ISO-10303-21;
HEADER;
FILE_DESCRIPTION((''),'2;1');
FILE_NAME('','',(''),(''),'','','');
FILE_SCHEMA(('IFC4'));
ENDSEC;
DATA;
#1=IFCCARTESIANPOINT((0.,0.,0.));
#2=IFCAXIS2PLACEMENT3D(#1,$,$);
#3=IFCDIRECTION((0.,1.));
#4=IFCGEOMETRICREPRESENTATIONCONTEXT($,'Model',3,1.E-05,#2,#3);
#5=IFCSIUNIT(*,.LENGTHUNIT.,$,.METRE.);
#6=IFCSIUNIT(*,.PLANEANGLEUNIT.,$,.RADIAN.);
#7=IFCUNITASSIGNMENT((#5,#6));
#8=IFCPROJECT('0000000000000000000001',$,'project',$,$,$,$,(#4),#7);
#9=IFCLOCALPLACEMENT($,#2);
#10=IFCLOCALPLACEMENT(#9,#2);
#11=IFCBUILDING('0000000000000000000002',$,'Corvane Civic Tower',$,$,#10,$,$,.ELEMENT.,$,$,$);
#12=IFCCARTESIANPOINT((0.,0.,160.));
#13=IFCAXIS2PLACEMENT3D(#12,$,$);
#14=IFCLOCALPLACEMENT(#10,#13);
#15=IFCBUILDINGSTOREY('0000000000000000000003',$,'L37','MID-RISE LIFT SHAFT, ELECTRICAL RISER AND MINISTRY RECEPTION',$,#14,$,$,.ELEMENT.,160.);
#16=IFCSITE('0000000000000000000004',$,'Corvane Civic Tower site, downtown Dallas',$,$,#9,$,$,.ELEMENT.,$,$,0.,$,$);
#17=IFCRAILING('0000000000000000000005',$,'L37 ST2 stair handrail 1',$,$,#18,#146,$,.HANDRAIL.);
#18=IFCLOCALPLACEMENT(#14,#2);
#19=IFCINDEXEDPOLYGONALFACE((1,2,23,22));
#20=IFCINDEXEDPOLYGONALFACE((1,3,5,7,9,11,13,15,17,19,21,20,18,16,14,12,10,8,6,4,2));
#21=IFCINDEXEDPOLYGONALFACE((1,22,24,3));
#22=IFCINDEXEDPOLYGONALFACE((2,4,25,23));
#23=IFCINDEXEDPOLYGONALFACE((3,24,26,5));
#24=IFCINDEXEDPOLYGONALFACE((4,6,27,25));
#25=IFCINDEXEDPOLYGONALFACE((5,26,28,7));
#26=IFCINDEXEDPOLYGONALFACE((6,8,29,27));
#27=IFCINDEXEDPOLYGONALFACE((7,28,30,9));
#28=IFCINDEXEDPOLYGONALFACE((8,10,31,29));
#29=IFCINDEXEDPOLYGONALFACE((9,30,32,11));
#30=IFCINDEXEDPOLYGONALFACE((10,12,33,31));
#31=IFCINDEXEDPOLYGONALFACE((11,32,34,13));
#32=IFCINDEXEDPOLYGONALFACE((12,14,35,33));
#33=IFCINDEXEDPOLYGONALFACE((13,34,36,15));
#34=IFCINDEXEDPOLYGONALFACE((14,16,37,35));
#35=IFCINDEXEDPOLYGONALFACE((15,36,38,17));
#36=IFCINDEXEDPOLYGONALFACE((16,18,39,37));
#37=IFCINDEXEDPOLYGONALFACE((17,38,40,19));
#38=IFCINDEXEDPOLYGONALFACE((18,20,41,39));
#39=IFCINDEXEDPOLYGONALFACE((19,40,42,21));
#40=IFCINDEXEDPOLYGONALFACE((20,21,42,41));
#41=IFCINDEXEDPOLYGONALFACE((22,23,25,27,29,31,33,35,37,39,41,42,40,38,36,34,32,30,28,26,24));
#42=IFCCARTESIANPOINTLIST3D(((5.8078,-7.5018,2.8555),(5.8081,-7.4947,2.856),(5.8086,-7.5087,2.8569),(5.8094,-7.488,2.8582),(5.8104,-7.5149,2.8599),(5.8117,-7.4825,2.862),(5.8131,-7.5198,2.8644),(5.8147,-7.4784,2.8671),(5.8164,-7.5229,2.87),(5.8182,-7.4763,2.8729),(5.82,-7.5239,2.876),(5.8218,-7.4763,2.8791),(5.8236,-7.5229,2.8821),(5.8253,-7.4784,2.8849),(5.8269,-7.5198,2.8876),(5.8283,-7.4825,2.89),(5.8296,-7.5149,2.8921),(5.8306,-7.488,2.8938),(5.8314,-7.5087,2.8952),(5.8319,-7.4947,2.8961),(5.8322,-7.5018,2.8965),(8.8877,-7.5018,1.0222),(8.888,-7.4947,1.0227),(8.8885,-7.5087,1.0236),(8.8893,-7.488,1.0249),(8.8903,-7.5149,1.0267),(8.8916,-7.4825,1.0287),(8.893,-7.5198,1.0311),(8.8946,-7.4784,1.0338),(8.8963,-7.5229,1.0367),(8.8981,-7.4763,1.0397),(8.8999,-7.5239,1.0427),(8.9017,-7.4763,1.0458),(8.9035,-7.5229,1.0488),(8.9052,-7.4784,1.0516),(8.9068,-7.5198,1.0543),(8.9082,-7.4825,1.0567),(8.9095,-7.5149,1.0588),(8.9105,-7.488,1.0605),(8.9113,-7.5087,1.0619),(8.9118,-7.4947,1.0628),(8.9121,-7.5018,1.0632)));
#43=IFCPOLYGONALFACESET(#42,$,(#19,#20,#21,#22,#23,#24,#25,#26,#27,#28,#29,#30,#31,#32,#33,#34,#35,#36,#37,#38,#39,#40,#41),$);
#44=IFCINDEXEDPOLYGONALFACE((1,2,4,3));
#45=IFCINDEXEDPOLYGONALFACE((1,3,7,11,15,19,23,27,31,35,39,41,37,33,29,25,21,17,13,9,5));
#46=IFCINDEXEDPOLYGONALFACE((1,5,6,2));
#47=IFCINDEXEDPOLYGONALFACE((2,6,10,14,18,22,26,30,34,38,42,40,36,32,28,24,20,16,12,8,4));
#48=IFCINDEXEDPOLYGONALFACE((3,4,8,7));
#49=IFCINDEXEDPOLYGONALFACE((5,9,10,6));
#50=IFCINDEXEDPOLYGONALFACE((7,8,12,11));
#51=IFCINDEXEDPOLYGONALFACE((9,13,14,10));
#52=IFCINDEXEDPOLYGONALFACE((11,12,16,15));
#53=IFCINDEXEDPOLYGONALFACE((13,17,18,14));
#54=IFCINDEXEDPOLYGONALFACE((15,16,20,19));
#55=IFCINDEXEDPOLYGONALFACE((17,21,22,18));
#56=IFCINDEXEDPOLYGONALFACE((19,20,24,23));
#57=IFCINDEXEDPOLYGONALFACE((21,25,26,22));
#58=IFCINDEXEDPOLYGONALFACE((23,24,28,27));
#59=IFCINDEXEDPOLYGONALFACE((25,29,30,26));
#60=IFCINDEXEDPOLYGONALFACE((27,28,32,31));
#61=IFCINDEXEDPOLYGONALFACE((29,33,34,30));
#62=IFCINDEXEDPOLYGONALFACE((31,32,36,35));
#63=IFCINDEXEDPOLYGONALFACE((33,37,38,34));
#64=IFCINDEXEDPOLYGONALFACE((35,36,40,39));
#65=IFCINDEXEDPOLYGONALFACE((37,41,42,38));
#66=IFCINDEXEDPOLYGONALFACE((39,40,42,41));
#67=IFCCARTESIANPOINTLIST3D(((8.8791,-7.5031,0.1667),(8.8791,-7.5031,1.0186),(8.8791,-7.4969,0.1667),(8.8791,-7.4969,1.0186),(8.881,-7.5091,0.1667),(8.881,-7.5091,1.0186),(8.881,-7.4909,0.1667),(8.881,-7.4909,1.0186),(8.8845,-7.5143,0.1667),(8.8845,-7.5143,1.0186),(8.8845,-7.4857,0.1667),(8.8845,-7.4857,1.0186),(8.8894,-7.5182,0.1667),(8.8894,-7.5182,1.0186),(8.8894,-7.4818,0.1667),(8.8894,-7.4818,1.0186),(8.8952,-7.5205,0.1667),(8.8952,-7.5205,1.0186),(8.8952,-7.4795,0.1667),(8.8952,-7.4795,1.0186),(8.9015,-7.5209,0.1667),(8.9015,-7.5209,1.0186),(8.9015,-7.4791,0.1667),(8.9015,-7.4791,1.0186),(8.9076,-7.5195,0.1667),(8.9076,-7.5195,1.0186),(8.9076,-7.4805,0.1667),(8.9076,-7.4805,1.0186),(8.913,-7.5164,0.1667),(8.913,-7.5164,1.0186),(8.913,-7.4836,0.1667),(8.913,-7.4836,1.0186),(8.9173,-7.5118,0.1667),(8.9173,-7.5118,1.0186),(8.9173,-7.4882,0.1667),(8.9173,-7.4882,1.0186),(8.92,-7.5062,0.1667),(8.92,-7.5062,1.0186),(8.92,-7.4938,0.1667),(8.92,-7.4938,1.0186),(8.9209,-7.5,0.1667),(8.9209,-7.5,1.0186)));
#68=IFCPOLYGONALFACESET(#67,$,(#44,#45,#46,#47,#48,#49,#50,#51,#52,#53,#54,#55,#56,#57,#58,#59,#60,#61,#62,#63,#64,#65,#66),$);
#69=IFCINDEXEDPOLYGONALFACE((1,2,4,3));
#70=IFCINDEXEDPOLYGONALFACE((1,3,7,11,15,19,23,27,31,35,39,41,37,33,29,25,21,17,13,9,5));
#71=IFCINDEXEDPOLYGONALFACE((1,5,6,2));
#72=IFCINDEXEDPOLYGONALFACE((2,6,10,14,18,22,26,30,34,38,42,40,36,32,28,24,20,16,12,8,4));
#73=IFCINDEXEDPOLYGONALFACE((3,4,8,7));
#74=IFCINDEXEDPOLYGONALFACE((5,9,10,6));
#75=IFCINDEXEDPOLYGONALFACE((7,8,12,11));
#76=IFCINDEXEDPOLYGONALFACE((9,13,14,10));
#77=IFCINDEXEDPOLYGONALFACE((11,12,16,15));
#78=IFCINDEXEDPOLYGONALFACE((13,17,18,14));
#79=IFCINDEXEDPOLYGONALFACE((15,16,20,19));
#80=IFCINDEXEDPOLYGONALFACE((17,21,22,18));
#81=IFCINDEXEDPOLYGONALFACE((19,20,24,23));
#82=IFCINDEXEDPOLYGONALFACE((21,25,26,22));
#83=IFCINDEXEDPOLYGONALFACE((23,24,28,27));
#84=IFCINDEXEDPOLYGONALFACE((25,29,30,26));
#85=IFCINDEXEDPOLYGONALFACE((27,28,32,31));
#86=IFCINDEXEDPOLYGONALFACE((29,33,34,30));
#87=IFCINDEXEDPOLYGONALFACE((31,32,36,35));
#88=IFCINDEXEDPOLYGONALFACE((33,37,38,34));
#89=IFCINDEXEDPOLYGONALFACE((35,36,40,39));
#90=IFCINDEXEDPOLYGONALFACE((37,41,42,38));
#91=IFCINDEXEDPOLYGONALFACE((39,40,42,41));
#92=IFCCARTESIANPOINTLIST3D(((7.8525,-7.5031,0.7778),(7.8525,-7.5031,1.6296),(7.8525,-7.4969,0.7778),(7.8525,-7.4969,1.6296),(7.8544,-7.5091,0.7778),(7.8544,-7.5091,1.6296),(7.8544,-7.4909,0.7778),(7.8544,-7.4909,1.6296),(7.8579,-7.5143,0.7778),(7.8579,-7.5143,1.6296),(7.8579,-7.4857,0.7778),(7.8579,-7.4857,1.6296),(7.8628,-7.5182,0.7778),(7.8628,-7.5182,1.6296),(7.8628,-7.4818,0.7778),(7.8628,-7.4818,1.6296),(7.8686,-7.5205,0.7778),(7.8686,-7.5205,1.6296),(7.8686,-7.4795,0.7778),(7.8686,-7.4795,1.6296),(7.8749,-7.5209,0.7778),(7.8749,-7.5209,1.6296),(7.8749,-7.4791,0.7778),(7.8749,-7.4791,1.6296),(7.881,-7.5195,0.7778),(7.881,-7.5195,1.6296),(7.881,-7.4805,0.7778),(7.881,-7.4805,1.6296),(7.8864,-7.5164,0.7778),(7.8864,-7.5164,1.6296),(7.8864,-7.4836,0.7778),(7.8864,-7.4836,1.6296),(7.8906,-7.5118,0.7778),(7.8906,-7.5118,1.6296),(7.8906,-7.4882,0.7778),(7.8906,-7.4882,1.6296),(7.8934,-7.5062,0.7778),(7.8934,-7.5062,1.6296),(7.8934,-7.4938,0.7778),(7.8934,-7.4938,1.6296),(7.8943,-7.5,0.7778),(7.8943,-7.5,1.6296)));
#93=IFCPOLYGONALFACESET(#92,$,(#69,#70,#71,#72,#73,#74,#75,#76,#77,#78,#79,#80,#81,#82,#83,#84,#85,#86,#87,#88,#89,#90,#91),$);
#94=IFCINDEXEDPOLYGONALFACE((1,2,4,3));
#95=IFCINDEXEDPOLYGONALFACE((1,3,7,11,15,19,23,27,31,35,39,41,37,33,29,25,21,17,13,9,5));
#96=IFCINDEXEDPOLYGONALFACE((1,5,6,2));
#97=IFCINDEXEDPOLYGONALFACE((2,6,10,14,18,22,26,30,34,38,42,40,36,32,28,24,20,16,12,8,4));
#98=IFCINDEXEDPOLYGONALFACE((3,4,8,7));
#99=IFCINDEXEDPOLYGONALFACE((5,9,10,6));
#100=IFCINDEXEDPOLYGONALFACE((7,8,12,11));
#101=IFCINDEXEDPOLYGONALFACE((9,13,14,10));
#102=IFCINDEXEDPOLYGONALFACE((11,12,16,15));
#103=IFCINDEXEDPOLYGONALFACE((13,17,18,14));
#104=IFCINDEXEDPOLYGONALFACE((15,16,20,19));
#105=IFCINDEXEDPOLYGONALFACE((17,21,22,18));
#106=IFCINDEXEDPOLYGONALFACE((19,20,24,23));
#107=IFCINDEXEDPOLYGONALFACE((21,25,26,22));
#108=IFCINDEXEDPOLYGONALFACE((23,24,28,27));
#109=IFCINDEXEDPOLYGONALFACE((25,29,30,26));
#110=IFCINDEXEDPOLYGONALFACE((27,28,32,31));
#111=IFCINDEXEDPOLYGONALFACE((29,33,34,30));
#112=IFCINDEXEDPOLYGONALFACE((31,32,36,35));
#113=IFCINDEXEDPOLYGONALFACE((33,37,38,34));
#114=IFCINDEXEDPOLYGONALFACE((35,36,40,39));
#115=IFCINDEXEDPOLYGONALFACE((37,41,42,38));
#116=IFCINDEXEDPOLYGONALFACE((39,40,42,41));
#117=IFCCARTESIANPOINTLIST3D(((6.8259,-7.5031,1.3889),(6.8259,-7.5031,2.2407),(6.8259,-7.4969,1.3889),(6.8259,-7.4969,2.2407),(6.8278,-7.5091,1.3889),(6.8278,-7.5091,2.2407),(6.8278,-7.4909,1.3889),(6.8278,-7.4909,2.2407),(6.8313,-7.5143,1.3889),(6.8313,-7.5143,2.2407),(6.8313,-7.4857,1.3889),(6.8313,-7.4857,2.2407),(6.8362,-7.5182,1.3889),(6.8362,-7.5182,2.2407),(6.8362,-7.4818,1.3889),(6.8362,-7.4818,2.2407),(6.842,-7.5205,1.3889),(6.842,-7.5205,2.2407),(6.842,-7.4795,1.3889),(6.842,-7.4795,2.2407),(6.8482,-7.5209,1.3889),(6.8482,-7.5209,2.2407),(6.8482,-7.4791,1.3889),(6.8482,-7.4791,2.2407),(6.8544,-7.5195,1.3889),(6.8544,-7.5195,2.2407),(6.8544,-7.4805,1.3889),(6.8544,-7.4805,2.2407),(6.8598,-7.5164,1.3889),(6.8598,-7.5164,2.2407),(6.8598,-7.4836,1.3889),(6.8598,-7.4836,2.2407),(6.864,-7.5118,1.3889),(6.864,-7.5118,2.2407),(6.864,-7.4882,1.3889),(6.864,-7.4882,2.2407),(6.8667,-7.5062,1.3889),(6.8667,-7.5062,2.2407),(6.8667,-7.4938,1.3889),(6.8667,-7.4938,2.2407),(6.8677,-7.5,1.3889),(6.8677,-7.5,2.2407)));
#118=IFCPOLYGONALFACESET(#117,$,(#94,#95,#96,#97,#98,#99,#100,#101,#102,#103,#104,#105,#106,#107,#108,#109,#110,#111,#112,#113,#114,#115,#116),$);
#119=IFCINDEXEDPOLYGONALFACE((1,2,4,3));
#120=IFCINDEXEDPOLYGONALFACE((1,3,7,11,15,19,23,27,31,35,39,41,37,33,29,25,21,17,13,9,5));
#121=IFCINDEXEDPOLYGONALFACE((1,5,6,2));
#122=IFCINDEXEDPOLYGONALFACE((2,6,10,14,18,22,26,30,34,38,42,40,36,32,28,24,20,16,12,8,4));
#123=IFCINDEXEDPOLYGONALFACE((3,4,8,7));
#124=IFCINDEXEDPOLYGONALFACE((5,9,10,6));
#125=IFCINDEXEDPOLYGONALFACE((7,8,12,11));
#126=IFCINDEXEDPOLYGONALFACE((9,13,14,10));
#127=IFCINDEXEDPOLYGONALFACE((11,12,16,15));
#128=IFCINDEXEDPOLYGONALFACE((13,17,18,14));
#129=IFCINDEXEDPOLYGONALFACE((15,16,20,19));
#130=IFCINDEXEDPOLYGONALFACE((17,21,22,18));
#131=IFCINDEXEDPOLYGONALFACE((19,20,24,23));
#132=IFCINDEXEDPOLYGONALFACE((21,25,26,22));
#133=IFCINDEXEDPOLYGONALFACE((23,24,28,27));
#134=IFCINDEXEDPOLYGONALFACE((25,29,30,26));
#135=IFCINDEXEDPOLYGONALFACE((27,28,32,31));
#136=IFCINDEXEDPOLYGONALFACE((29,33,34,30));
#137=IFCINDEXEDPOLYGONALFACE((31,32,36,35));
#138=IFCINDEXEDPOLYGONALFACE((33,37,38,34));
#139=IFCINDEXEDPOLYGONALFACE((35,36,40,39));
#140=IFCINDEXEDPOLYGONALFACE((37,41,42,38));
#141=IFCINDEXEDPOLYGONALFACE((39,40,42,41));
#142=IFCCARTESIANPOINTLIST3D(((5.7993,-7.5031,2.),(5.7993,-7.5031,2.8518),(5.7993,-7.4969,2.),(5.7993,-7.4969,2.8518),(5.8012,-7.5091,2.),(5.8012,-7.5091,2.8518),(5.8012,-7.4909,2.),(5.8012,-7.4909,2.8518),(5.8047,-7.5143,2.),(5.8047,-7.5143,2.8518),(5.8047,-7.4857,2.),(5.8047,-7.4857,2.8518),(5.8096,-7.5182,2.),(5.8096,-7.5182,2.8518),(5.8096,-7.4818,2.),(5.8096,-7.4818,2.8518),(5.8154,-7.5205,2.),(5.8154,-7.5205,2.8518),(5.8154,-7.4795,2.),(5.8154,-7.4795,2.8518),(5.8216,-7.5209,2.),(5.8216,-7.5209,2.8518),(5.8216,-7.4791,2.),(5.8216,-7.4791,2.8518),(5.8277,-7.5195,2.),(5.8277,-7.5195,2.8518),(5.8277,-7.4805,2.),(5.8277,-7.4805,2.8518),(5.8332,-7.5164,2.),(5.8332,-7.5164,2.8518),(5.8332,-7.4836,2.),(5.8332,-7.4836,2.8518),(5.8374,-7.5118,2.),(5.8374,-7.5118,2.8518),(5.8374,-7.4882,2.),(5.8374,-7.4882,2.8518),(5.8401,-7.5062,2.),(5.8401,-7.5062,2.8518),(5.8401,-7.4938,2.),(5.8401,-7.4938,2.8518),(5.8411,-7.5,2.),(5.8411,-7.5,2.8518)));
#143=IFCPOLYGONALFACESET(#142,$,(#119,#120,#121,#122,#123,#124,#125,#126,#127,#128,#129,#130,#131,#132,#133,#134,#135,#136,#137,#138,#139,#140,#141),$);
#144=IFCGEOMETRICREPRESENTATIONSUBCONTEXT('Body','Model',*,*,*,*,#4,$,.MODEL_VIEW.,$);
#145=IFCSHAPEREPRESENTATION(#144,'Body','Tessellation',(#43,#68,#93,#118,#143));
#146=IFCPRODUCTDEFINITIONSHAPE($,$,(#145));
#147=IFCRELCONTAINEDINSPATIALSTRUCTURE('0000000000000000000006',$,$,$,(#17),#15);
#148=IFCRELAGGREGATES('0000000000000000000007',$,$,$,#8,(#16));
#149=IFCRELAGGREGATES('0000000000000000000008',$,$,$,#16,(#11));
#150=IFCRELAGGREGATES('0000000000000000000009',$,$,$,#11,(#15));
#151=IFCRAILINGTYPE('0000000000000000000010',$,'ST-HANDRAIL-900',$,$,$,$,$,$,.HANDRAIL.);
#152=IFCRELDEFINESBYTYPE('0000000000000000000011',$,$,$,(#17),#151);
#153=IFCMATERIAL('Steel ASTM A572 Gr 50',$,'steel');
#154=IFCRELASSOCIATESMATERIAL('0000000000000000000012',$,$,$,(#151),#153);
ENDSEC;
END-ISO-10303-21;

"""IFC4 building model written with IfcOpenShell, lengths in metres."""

from ifc_helpers import new_model, si_unit, direction, frame, origin, origin_2d, place, context, subcontext, project, spatial, circle, extrude, material, type_object, element, save


model = new_model("IFC4")

# Units and contexts
model_context = context("Model", 3, precision=1e-05, world=origin(), true_north=direction((0.0, 1.0)))
body_context = subcontext(model_context, "Body", "Model", "MODEL_VIEW")
ifc_project = project(units=[si_unit("LENGTHUNIT", "METRE"), si_unit("PLANEANGLEUNIT", "RADIAN")], contexts=[model_context])

# Site, building, storey
site_placement = place(None, origin())
site = spatial("IfcSite", under=ifc_project, at=site_placement, Name="Corvane Civic Tower site, downtown Dallas", CompositionType="ELEMENT", RefElevation=0.0)
building_placement = place(site_placement, origin())
building = spatial("IfcBuilding", under=site, at=building_placement, Name="Corvane Civic Tower", CompositionType="ELEMENT")
storey_placement = place(building_placement, frame((0.0, 0.0, 160.0)))
storey = spatial("IfcBuildingStorey", under=building, at=storey_placement, Name="L37", Description="MID-RISE LIFT SHAFT, ELECTRICAL RISER AND MINISTRY RECEPTION", CompositionType="ELEMENT", Elevation=160.0)

# Railing
ifc_material_1 = material(Name="Steel ASTM A572 Gr 50", Category="steel")
railing_type = type_object("IfcRailingType", Name="ST-HANDRAIL-900", PredefinedType="HANDRAIL", material=ifc_material_1)
railing_placement = place(storey_placement, frame((8.8999, -7.5, 0.1667)))
element("IfcRailing", 1, at=railing_placement, inside=storey, type_object=railing_type, Name="L37 ST2 stair handrail 1", PredefinedType="HANDRAIL", context=body_context, shape_type="SweptSolid", body=[
    extrude(circle(Radius=0.0239, at=origin_2d()), frame((0.0, 0.0, 0.876), z_axis=(-0.859291, 0.0, 0.511487), x_axis=(0.0, -1.0, 0.0)), (0.0, 0.0, 1.0), 3.5842),
    extrude(circle(Radius=0.021, at=origin_2d()), origin(), (0.0, 0.0, 1.0), 0.8518),
    extrude(circle(Radius=0.021, at=origin_2d()), frame((-1.0266, 0.0, 0.6111)), (0.0, 0.0, 1.0), 0.8518),
    extrude(circle(Radius=0.021, at=origin_2d()), frame((-2.0532, 0.0, 1.2222)), (0.0, 0.0, 1.0), 0.8518),
    extrude(circle(Radius=0.021, at=origin_2d()), frame((-3.0798, 0.0, 1.8333)), (0.0, 0.0, 1.0), 0.8518),
])

save(model, "model.ifc")
